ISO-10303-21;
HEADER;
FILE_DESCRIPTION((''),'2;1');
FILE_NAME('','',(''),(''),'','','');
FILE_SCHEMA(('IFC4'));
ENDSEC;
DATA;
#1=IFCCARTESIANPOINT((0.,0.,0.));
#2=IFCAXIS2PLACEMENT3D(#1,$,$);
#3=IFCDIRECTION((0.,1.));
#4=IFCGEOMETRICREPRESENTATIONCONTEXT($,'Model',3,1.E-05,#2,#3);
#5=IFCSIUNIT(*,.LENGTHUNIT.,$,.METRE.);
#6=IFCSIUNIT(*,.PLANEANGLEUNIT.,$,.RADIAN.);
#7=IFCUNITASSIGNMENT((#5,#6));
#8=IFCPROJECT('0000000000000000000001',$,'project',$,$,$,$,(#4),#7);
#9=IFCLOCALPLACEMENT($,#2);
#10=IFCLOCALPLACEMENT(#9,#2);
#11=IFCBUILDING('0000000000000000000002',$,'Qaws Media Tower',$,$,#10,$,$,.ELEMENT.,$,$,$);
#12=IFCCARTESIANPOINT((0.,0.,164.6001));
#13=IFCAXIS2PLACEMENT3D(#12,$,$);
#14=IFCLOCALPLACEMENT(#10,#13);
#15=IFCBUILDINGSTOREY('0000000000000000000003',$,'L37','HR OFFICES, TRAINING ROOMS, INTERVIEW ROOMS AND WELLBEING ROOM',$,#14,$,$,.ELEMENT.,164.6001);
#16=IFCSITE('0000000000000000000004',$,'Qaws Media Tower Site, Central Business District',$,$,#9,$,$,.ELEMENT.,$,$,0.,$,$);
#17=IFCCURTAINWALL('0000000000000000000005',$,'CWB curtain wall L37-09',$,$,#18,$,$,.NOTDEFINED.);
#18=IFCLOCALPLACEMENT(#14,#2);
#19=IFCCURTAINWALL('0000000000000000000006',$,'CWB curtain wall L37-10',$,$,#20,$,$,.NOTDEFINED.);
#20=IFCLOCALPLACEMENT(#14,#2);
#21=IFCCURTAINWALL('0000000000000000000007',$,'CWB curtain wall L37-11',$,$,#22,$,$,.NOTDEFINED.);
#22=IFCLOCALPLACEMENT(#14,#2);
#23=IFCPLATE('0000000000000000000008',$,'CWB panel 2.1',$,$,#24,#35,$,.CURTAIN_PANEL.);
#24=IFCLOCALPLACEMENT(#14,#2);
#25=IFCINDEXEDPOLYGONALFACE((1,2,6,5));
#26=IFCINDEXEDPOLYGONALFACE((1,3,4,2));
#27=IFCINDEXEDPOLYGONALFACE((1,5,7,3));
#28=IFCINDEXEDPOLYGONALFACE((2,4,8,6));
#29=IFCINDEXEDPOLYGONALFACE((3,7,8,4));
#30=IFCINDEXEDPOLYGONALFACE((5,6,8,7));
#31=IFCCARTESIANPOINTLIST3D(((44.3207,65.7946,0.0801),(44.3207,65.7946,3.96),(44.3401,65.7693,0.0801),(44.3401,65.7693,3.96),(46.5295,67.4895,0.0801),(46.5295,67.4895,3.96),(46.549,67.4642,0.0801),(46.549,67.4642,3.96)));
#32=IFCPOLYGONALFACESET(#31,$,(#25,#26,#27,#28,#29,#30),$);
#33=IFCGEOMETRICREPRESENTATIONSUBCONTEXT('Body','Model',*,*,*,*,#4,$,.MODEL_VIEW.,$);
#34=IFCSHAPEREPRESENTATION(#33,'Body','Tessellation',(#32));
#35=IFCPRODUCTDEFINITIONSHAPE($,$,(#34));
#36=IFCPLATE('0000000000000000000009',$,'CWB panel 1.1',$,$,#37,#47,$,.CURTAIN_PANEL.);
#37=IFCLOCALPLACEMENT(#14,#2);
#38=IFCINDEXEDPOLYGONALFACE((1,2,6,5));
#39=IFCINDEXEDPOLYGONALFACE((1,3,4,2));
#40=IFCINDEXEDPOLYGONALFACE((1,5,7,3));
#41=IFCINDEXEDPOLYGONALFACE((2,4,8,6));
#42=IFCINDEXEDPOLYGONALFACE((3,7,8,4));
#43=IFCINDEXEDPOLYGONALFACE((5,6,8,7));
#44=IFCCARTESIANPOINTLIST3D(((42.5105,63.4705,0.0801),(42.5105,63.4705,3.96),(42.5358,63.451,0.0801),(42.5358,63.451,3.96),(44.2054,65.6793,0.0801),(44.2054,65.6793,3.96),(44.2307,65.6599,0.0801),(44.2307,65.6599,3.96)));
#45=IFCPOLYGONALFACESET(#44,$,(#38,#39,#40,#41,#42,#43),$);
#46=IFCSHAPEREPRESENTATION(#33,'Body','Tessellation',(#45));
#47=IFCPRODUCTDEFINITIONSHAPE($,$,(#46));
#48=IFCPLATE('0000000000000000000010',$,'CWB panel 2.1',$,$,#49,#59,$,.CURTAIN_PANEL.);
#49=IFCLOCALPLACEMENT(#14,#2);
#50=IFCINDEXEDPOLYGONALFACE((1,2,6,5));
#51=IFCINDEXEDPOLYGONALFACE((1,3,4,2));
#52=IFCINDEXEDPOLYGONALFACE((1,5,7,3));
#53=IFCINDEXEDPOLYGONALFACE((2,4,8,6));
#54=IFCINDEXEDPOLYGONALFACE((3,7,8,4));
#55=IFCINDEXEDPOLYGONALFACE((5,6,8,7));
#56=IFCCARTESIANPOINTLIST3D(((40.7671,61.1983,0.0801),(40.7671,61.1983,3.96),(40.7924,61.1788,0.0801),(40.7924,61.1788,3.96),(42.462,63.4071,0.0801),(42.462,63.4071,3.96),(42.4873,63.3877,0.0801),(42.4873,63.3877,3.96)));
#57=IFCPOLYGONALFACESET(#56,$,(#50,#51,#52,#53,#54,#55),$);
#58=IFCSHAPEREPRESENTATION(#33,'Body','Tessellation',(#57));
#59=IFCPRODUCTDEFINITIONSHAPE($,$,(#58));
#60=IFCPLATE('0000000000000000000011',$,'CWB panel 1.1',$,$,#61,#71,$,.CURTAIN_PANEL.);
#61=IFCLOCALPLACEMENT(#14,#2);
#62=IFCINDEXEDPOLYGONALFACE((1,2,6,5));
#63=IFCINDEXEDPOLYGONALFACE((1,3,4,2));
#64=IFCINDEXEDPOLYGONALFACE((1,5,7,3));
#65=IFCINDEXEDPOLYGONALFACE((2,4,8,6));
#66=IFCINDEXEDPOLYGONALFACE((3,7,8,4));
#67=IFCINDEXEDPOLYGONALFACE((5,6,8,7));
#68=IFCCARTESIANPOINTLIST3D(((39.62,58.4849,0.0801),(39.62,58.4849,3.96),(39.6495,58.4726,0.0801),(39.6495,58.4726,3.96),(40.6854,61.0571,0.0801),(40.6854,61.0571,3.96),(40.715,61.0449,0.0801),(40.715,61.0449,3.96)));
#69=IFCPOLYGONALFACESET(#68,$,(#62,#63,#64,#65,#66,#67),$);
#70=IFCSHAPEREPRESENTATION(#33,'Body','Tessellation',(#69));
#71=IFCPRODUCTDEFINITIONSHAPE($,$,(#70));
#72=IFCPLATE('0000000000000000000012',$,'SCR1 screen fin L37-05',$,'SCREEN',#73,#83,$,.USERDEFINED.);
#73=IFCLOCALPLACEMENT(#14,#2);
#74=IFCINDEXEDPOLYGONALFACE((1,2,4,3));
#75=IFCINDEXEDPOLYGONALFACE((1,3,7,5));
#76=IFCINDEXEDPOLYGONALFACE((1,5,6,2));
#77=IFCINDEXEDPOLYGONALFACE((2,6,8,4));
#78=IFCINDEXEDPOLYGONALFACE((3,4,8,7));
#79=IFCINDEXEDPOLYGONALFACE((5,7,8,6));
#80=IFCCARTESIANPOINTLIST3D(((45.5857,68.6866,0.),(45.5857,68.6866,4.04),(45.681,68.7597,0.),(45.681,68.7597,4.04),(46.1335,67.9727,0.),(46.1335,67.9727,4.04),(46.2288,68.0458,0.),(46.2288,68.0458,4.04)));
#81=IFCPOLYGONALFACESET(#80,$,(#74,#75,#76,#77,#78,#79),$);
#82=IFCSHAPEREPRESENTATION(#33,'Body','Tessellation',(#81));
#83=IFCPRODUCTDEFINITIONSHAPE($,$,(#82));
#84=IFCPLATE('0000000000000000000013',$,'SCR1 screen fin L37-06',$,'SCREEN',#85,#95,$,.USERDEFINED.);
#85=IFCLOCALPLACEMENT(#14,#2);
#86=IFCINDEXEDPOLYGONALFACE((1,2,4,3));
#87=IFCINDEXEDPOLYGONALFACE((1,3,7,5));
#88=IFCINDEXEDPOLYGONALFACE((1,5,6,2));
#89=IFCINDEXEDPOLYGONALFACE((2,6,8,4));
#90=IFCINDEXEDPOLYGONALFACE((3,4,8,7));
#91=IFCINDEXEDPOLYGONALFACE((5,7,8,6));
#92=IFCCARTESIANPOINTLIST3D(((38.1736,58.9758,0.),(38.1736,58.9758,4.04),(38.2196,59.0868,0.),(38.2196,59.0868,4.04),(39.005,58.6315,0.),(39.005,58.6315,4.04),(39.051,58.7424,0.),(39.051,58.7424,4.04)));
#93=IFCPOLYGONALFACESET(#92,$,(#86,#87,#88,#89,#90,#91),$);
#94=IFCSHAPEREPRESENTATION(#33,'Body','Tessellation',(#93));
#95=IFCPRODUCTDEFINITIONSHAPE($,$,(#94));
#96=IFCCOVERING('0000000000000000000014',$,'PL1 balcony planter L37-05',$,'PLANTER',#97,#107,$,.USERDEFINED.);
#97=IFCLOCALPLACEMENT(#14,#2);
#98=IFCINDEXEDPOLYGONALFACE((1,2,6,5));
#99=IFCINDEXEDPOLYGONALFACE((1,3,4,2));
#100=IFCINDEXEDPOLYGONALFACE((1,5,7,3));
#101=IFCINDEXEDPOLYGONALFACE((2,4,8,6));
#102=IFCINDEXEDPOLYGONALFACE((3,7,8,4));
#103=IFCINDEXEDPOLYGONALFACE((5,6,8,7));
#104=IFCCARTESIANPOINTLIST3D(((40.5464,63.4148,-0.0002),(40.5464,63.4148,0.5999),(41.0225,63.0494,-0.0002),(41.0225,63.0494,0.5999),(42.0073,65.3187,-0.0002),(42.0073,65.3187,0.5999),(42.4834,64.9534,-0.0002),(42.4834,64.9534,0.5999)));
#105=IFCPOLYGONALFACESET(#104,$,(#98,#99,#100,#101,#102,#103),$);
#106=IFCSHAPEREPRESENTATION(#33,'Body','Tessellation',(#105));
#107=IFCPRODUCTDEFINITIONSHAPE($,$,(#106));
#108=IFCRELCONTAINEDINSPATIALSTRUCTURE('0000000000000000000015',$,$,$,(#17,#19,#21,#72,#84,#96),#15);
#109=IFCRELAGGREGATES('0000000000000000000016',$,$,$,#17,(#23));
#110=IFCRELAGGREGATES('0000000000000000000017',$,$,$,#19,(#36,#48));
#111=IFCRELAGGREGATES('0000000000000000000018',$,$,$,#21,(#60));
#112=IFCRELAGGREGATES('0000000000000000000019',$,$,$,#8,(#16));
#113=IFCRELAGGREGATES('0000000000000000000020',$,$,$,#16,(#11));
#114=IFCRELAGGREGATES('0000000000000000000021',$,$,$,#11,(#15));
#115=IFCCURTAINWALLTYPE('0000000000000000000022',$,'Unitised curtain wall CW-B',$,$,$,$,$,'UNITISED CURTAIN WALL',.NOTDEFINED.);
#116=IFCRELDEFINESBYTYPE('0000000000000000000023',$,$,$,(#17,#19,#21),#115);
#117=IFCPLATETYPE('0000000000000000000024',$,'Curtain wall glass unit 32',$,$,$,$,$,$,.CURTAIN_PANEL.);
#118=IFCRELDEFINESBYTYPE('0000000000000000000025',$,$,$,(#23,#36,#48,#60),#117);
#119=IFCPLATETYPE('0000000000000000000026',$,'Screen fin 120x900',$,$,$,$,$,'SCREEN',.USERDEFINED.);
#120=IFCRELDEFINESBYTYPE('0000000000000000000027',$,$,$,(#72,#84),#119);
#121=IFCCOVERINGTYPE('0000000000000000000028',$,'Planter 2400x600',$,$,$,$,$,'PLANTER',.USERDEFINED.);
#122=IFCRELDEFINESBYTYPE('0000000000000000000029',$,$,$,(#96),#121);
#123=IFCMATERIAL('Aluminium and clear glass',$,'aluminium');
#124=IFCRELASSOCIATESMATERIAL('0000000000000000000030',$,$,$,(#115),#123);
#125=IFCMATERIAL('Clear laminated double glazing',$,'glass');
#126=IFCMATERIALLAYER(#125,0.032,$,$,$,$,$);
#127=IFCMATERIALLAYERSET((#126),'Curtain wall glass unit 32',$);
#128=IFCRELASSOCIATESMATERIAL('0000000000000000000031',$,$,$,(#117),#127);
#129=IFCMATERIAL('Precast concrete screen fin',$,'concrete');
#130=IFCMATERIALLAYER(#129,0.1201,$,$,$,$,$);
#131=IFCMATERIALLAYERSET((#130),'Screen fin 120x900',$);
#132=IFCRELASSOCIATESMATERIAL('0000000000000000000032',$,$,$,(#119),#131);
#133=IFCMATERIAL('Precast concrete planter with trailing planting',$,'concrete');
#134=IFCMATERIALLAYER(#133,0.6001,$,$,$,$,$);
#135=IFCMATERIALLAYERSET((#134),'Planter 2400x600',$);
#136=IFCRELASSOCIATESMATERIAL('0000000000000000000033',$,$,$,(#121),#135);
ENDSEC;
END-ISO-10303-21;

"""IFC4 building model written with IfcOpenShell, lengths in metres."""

from ifc_helpers import new_model, si_unit, direction, frame, origin, origin_2d, place, context, subcontext, project, spatial, rectangle, extrude, material, layer, layer_set, type_object, element, aggregate, save


model = new_model("IFC4")

# Units and contexts
model_context = context("Model", 3, precision=1e-05, world=origin(), true_north=direction((0.0, 1.0)))
body_context = subcontext(model_context, "Body", "Model", "MODEL_VIEW")
ifc_project = project(units=[si_unit("LENGTHUNIT", "METRE"), si_unit("PLANEANGLEUNIT", "RADIAN")], contexts=[model_context])

# Site, building, storey
site_placement = place(None, origin())
site = spatial("IfcSite", under=ifc_project, at=site_placement, Name="Qaws Media Tower Site, Central Business District", CompositionType="ELEMENT", RefElevation=0.0)
building_placement = place(site_placement, origin())
building = spatial("IfcBuilding", under=site, at=building_placement, Name="Qaws Media Tower", CompositionType="ELEMENT")
storey_placement = place(building_placement, frame((0.0, 0.0, 164.6001)))
storey = spatial("IfcBuildingStorey", under=building, at=storey_placement, Name="L37", Description="HR OFFICES, TRAINING ROOMS, INTERVIEW ROOMS AND WELLBEING ROOM", CompositionType="ELEMENT", Elevation=164.6001)

# Curtain wall
ifc_material_1 = material(Name="Aluminium and clear glass", Category="aluminium")
curtain_wall_type = type_object("IfcCurtainWallType", Name="Unitised curtain wall CW-B", ElementType="UNITISED CURTAIN WALL", PredefinedType="NOTDEFINED", material=ifc_material_1)
curtain_wall_1_placement = place(storey_placement, origin())
curtain_wall_1 = element("IfcCurtainWall", 1, at=curtain_wall_1_placement, inside=storey, type_object=curtain_wall_type, Name="CWB curtain wall L37-09", PredefinedType="NOTDEFINED")

# Curtain walls
curtain_wall_2_placement = place(storey_placement, origin())
curtain_wall_2 = element("IfcCurtainWall", 2, at=curtain_wall_2_placement, inside=storey, type_object=curtain_wall_type, Name="CWB curtain wall L37-10", PredefinedType="NOTDEFINED")
curtain_wall_3_placement = place(storey_placement, origin())
curtain_wall_3 = element("IfcCurtainWall", 3, at=curtain_wall_3_placement, inside=storey, type_object=curtain_wall_type, Name="CWB curtain wall L37-11", PredefinedType="NOTDEFINED")

# Plates
ifc_material_2 = material(Name="Clear laminated double glazing", Category="glass")
ifc_layer_1 = layer(ifc_material_2, 0.032)
ifc_layer_set_1 = layer_set([ifc_layer_1], Name="Curtain wall glass unit 32")
plate_type_1 = type_object("IfcPlateType", Name="Curtain wall glass unit 32", PredefinedType="CURTAIN_PANEL", material=ifc_layer_set_1)
plate_1_placement = place(storey_placement, frame((45.4348, 66.6294, 0.0801), z_axis=(0.0, 0.0, 1.0), x_axis=(-0.793353, -0.608761, 0.0)))
plate_1 = element("IfcPlate", 4, at=plate_1_placement, type_object=plate_type_1, Name="CWB panel 2.1", PredefinedType="CURTAIN_PANEL", context=body_context, shape_type="SweptSolid", body=[
    extrude(rectangle(XDim=2.7842, YDim=0.032, at=origin_2d()), origin(), (0.0, 0.0, 1.0), 3.8799),
])
aggregate(curtain_wall_1, [plate_1])
plate_2_placement = place(storey_placement, frame((43.3706, 64.5652, 0.0801), z_axis=(0.0, 0.0, 1.0), x_axis=(-0.608761, -0.793353, 0.0)))
plate_2 = element("IfcPlate", 5, at=plate_2_placement, type_object=plate_type_1, Name="CWB panel 1.1", PredefinedType="CURTAIN_PANEL", context=body_context, shape_type="SweptSolid", body=[
    extrude(rectangle(XDim=2.7842, YDim=0.032, at=origin_2d()), origin(), (0.0, 0.0, 1.0), 3.8799),
])
plate_3_placement = place(storey_placement, frame((41.6272, 62.293, 0.0801), z_axis=(0.0, 0.0, 1.0), x_axis=(-0.608761, -0.793353, 0.0)))
plate_3 = element("IfcPlate", 6, at=plate_3_placement, type_object=plate_type_1, Name="CWB panel 2.1", PredefinedType="CURTAIN_PANEL", context=body_context, shape_type="SweptSolid", body=[
    extrude(rectangle(XDim=2.7842, YDim=0.032, at=origin_2d()), origin(), (0.0, 0.0, 1.0), 3.8799),
])
aggregate(curtain_wall_2, [plate_2, plate_3])
plate_4_placement = place(storey_placement, frame((40.1675, 59.7649, 0.0801), z_axis=(0.0, 0.0, 1.0), x_axis=(-0.382684, -0.923879, 0.0)))
plate_4 = element("IfcPlate", 7, at=plate_4_placement, type_object=plate_type_1, Name="CWB panel 1.1", PredefinedType="CURTAIN_PANEL", context=body_context, shape_type="SweptSolid", body=[
    extrude(rectangle(XDim=2.7842, YDim=0.032, at=origin_2d()), origin(), (0.0, 0.0, 1.0), 3.8799),
])
aggregate(curtain_wall_3, [plate_4])

# Plates
ifc_material_3 = material(Name="Precast concrete screen fin", Category="concrete")
ifc_layer_2 = layer(ifc_material_3, 0.1201)
ifc_layer_set_2 = layer_set([ifc_layer_2], Name="Screen fin 120x900")
plate_type_2 = type_object("IfcPlateType", Name="Screen fin 120x900", ElementType="SCREEN", PredefinedType="USERDEFINED", material=ifc_layer_set_2)
for number, where, z_axis, x_axis, name in (
    (8, (45.9072, 68.3662, 0.0), (0.0, 0.0, 1.0), (-0.608761, 0.793353, 0.0), "SCR1 screen fin L37-05"),
    (9, (38.6123, 58.8591, 0.0), (0.0, 0.0, 1.0), (-0.92388, 0.382683, 0.0), "SCR1 screen fin L37-06"),
):
    element("IfcPlate", number, at=place(storey_placement, frame(where, z_axis=z_axis, x_axis=x_axis)), inside=storey, type_object=plate_type_2, Name=name, ObjectType="SCREEN", PredefinedType="USERDEFINED", context=body_context, shape_type="SweptSolid", body=[
        extrude(rectangle(XDim=0.8999, YDim=0.1201, at=origin_2d()), origin(), (0.0, 0.0, 1.0), 4.04),
    ])

# Covering
ifc_material_4 = material(Name="Precast concrete planter with trailing planting", Category="concrete")
ifc_layer_3 = layer(ifc_material_4, 0.6001)
ifc_layer_set_3 = layer_set([ifc_layer_3], Name="Planter 2400x600")
covering_type = type_object("IfcCoveringType", Name="Planter 2400x600", ElementType="PLANTER", PredefinedType="USERDEFINED", material=ifc_layer_set_3)
covering_placement = place(storey_placement, frame((41.5149, 64.1841, -0.0002), z_axis=(0.0, 0.0, 1.0), x_axis=(-0.608761, -0.793353, 0.0)))
element("IfcCovering", 10, at=covering_placement, inside=storey, type_object=covering_type, Name="PL1 balcony planter L37-05", ObjectType="PLANTER", PredefinedType="USERDEFINED", context=body_context, shape_type="SweptSolid", body=[
    extrude(rectangle(XDim=2.3999, YDim=0.6001, at=origin_2d()), origin(), (0.0, 0.0, 1.0), 0.6001),
])

save(model, "model.ifc")
